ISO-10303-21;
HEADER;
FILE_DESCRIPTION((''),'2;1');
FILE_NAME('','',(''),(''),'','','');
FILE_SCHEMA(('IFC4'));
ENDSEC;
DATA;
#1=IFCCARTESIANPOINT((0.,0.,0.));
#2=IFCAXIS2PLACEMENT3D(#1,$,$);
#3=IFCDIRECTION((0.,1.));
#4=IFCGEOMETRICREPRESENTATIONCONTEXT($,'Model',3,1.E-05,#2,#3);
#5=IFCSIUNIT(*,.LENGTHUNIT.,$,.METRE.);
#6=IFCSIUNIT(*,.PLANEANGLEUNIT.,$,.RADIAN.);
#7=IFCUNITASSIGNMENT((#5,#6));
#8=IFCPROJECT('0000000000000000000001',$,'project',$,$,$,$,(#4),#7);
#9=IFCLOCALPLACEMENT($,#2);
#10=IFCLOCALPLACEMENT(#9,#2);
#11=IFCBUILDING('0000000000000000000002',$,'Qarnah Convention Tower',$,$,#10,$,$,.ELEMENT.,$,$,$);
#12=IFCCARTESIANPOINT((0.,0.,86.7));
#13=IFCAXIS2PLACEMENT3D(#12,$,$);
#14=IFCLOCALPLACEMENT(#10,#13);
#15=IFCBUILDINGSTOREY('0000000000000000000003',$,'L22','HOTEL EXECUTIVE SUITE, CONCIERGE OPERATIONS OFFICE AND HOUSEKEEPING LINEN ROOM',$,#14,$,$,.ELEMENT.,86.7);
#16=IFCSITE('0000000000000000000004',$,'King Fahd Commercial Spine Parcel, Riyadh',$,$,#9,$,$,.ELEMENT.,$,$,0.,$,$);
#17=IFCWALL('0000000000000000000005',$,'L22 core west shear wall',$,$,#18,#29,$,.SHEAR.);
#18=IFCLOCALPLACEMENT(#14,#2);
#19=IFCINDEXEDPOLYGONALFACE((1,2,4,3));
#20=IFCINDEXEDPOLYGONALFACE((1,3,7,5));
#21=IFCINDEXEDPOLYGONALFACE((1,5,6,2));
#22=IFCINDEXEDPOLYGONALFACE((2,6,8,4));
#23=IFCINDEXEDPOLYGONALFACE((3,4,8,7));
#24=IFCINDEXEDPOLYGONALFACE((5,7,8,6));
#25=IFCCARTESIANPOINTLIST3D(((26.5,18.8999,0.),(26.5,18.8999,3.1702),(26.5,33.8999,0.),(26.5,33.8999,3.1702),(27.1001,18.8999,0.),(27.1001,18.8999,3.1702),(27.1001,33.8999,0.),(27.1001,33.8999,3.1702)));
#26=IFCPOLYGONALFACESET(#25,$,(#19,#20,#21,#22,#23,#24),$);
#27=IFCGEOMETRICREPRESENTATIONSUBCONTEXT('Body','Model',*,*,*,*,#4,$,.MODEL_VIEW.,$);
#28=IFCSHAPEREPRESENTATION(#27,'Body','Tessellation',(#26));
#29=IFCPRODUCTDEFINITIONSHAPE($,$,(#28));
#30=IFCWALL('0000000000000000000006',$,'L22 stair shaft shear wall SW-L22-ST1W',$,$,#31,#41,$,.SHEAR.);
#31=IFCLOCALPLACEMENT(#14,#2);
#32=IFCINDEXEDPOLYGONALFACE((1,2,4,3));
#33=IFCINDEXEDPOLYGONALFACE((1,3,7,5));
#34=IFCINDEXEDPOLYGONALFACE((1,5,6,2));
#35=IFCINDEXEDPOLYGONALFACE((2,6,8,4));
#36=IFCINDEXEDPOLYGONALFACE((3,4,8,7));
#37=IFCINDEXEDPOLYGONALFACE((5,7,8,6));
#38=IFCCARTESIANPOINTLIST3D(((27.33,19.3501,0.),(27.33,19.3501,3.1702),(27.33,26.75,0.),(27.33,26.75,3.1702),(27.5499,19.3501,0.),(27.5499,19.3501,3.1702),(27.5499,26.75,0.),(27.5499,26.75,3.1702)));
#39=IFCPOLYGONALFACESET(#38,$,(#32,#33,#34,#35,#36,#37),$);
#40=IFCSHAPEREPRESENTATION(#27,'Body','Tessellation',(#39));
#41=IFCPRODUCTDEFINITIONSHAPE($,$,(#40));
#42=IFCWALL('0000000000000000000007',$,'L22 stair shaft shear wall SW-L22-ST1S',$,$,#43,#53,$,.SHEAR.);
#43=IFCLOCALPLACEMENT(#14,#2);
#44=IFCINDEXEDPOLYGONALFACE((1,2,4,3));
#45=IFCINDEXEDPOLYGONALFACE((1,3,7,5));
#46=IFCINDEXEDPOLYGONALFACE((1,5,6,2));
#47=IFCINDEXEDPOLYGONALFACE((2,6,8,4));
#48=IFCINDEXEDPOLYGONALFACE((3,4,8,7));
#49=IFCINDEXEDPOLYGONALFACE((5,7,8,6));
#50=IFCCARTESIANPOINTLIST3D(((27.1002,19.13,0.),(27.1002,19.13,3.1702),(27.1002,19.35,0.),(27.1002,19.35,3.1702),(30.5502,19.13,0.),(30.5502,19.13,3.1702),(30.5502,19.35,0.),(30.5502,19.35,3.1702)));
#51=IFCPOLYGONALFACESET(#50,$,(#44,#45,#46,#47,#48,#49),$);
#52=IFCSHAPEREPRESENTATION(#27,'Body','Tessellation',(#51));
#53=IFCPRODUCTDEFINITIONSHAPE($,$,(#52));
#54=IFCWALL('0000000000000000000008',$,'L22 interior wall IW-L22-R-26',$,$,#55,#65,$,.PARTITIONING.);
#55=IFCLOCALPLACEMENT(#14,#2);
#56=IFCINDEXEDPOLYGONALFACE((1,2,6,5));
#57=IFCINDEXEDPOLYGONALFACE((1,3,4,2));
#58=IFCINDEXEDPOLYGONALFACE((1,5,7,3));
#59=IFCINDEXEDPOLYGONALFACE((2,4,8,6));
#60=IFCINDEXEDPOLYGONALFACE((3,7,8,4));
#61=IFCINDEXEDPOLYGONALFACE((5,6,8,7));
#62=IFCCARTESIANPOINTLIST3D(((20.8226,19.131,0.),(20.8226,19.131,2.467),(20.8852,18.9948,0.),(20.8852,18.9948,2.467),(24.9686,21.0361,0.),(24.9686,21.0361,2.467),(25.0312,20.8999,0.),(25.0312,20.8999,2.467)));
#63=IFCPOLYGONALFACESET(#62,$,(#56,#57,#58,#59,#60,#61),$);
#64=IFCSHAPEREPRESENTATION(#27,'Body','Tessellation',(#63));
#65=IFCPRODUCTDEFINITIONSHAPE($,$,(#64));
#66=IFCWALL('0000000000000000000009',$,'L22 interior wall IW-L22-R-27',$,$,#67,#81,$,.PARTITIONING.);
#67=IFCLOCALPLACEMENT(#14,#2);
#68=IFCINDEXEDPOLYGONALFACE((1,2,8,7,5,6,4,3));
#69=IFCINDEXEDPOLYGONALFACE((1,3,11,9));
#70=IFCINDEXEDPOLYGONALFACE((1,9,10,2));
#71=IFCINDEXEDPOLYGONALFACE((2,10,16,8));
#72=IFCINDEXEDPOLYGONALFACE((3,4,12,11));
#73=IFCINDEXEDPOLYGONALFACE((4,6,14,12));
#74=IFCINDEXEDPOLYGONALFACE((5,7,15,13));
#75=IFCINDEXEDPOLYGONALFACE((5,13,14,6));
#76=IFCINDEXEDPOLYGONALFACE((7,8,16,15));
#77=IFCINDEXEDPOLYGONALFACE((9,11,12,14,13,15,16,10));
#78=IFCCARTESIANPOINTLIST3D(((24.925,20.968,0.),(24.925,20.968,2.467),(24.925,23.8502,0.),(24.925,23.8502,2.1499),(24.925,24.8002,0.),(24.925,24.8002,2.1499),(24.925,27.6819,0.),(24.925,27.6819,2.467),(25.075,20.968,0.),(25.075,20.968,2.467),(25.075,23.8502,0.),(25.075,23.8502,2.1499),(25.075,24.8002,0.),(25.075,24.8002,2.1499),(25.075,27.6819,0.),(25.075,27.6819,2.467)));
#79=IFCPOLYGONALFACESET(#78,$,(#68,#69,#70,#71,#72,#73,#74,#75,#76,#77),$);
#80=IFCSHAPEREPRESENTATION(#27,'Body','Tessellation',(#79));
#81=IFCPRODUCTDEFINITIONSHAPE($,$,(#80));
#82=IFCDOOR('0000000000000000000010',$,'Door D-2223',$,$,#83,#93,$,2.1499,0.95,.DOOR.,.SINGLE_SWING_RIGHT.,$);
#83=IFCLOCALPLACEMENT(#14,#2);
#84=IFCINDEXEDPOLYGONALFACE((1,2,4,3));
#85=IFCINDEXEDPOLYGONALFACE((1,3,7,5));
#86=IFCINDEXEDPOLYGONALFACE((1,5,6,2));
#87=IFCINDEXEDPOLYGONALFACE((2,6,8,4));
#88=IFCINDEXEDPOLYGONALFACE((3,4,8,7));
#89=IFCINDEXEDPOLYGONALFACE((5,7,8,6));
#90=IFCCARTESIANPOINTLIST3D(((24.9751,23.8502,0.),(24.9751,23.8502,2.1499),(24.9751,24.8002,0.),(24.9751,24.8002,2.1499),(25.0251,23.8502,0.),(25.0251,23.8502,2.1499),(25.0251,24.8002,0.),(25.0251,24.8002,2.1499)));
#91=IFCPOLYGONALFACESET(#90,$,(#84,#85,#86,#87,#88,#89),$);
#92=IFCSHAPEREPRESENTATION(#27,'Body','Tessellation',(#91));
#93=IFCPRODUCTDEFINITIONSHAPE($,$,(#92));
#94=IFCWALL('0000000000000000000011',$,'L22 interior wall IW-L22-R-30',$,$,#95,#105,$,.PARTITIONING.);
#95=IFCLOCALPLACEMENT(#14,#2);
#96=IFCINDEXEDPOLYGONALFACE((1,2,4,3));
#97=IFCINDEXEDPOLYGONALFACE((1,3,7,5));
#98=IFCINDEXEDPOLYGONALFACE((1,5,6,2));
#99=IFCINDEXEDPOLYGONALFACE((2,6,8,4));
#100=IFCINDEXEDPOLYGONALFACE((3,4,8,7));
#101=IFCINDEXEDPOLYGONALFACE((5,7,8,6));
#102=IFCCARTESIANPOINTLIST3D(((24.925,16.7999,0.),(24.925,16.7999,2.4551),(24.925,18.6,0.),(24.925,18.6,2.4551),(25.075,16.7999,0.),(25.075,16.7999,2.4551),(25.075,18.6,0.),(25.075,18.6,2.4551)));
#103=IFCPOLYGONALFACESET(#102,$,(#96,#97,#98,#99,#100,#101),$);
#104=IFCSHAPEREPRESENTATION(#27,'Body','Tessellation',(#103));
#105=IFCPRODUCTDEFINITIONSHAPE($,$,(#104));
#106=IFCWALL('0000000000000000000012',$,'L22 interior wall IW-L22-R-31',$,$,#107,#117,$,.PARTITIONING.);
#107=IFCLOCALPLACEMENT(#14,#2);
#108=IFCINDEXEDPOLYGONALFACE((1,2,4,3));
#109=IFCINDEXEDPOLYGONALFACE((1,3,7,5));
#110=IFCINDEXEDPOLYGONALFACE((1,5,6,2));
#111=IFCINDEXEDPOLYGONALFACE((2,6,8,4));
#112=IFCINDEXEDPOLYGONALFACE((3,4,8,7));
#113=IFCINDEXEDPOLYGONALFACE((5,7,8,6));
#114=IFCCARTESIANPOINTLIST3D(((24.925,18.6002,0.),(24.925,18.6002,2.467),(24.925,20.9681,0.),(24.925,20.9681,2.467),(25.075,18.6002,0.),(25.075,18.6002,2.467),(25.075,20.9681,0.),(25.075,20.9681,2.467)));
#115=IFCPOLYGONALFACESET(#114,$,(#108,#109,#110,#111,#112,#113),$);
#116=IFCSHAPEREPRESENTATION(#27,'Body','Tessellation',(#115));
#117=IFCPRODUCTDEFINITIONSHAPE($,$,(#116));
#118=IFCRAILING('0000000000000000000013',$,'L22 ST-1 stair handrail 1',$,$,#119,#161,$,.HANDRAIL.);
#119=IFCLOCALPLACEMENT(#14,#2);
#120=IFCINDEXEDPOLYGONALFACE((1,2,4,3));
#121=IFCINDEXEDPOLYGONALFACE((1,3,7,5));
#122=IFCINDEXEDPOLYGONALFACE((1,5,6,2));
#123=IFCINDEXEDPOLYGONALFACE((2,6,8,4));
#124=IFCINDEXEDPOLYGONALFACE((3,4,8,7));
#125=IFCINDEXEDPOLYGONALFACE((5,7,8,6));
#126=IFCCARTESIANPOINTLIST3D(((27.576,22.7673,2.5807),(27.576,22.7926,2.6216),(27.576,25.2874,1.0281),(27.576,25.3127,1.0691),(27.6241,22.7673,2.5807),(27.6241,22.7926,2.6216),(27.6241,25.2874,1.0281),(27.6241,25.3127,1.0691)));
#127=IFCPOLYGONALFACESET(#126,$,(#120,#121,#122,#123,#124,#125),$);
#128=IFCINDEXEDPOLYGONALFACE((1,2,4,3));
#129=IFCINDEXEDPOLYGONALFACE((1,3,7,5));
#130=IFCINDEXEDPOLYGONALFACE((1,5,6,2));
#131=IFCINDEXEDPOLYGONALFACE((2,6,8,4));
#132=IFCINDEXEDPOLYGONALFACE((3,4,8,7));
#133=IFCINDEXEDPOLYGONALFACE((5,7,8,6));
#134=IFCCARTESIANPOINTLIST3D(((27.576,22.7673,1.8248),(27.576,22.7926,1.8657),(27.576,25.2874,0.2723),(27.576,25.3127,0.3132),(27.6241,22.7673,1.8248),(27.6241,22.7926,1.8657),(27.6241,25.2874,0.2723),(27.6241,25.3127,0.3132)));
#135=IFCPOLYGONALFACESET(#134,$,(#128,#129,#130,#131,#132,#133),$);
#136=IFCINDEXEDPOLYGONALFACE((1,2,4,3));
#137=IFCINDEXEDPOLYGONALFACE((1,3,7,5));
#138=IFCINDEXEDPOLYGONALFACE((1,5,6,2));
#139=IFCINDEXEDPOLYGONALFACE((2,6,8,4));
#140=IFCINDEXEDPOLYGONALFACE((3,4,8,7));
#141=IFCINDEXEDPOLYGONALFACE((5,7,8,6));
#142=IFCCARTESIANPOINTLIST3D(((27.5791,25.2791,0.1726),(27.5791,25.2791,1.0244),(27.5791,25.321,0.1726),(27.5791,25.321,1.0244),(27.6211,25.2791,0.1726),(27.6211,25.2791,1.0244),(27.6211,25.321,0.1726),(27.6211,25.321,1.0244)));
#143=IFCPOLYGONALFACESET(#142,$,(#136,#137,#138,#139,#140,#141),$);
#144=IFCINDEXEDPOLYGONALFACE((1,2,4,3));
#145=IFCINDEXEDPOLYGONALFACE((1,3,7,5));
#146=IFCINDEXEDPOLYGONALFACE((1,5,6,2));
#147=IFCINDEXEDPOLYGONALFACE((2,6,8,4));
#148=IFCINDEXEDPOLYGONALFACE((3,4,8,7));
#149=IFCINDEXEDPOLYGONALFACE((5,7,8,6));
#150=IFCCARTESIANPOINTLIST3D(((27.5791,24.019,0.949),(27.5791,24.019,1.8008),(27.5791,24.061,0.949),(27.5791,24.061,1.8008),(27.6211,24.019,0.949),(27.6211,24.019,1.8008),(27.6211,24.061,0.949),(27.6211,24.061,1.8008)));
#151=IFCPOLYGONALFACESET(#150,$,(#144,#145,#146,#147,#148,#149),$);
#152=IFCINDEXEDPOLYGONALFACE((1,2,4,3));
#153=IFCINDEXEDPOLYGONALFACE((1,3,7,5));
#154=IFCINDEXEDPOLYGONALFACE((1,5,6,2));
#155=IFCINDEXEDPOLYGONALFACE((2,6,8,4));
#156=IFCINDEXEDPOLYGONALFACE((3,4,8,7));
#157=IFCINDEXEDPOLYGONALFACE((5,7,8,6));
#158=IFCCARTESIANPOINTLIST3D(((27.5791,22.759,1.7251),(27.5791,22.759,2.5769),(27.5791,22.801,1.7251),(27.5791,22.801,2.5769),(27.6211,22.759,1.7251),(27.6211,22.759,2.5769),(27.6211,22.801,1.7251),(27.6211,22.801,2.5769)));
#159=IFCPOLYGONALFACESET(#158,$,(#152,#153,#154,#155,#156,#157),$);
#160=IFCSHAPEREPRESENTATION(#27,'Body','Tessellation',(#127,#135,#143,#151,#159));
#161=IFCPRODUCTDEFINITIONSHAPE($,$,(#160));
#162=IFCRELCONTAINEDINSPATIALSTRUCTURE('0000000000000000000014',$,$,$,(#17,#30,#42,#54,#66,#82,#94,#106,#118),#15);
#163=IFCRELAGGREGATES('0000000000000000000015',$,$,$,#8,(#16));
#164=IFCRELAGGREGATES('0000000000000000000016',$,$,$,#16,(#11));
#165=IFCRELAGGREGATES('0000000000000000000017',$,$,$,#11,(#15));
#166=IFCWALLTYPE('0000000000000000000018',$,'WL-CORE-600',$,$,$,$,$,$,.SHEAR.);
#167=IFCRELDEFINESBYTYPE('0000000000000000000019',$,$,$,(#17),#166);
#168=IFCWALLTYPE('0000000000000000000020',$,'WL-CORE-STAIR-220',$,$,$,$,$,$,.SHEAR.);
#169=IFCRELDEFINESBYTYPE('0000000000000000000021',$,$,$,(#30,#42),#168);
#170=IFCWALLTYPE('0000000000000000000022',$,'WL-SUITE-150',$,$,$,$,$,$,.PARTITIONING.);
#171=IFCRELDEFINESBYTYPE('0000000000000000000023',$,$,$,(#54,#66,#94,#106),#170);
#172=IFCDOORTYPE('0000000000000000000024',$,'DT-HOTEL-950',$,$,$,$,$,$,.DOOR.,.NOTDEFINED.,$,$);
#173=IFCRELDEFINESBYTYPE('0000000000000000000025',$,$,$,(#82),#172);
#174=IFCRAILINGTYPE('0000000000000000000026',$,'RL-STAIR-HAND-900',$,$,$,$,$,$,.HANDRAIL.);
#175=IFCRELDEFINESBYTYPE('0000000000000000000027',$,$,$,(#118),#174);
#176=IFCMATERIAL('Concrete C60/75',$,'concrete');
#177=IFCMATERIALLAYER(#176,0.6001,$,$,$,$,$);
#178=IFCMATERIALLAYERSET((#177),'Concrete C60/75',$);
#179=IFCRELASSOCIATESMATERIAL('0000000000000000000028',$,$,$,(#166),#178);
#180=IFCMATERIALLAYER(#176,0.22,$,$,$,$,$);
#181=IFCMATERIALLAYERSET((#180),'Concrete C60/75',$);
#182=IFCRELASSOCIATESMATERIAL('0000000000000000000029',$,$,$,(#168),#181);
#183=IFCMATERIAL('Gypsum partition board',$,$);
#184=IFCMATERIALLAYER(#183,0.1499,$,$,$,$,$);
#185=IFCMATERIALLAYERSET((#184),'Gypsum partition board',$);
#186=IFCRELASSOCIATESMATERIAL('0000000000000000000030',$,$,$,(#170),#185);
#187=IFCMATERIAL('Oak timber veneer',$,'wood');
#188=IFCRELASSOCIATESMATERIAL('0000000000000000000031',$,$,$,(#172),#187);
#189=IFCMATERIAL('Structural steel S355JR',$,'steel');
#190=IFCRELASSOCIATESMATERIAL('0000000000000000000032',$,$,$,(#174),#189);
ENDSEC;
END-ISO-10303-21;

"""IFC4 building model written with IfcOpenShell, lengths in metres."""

from ifc_helpers import new_model, si_unit, direction, frame, frame_2d, origin, origin_2d, place, context, subcontext, project, spatial, rectangle, extrude, material, layer, layer_set, type_object, element, fill, save


model = new_model("IFC4")

# Units and contexts
model_context = context("Model", 3, precision=1e-05, world=origin(), true_north=direction((0.0, 1.0)))
body_context = subcontext(model_context, "Body", "Model", "MODEL_VIEW")
ifc_project = project(units=[si_unit("LENGTHUNIT", "METRE"), si_unit("PLANEANGLEUNIT", "RADIAN")], contexts=[model_context])

# Site, building, storey
site_placement = place(None, origin())
site = spatial("IfcSite", under=ifc_project, at=site_placement, Name="King Fahd Commercial Spine Parcel, Riyadh", CompositionType="ELEMENT", RefElevation=0.0)
building_placement = place(site_placement, origin())
building = spatial("IfcBuilding", under=site, at=building_placement, Name="Qarnah Convention Tower", CompositionType="ELEMENT")
storey_placement = place(building_placement, frame((0.0, 0.0, 86.7)))
storey = spatial("IfcBuildingStorey", under=building, at=storey_placement, Name="L22", Description="HOTEL EXECUTIVE SUITE, CONCIERGE OPERATIONS OFFICE AND HOUSEKEEPING LINEN ROOM", CompositionType="ELEMENT", Elevation=86.7)

# Shared definitions
ifc_material_1 = material(Name="Concrete C60/75", Category="concrete")

# Shared definitions
ifc_material_2 = material(Name="Structural steel S355JR", Category="steel")

# Shared definitions
ifc_layer_1 = layer(ifc_material_1, 0.6001)
ifc_layer_set_1 = layer_set([ifc_layer_1], Name="Concrete C60/75")
wall_type_1 = type_object("IfcWallType", Name="WL-CORE-600", PredefinedType="SHEAR", material=ifc_layer_set_1)

# Walls
wall_1_placement = place(storey_placement, frame((26.8, 18.8999, 0.0), z_axis=(0.0, 0.0, 1.0), x_axis=(0.0, 1.0, 0.0)))
element("IfcWall", 1, at=wall_1_placement, inside=storey, type_object=wall_type_1, Name="L22 core west shear wall", PredefinedType="SHEAR", context=body_context, shape_type="SweptSolid", body=[
    extrude(rectangle(XDim=15.0, YDim=0.6001, at=frame_2d((7.5, 0.0))), origin(), (0.0, 0.0, 1.0), 3.1702),
])
ifc_layer_2 = layer(ifc_material_1, 0.22)
ifc_layer_set_2 = layer_set([ifc_layer_2], Name="Concrete C60/75")
wall_type_2 = type_object("IfcWallType", Name="WL-CORE-STAIR-220", PredefinedType="SHEAR", material=ifc_layer_set_2)
wall_2_placement = place(storey_placement, frame((27.4399, 19.3501, 0.0), z_axis=(0.0, 0.0, 1.0), x_axis=(0.0, 1.0, 0.0)))
element("IfcWall", 2, at=wall_2_placement, inside=storey, type_object=wall_type_2, Name="L22 stair shaft shear wall SW-L22-ST1W", PredefinedType="SHEAR", context=body_context, shape_type="SweptSolid", body=[
    extrude(rectangle(XDim=7.3999, YDim=0.22, at=frame_2d((3.7, 0.0))), origin(), (0.0, 0.0, 1.0), 3.1702),
])
wall_3_placement = place(storey_placement, frame((27.1001, 19.24, 0.0), z_axis=(0.0, 0.0, 1.0), x_axis=(1.0, 0.0, 0.0)))
element("IfcWall", 3, at=wall_3_placement, inside=storey, type_object=wall_type_2, Name="L22 stair shaft shear wall SW-L22-ST1S", PredefinedType="SHEAR", context=body_context, shape_type="SweptSolid", body=[
    extrude(rectangle(XDim=3.45, YDim=0.22, at=frame_2d((1.7251, 0.0))), origin(), (0.0, 0.0, 1.0), 3.1702),
])
ifc_material_3 = material(Name="Gypsum partition board")
ifc_layer_3 = layer(ifc_material_3, 0.1499)
ifc_layer_set_3 = layer_set([ifc_layer_3], Name="Gypsum partition board")
wall_type_3 = type_object("IfcWallType", Name="WL-SUITE-150", PredefinedType="PARTITIONING", material=ifc_layer_set_3)
wall_4_placement = place(storey_placement, frame((20.854, 19.063, 0.0), z_axis=(0.0, 0.0, 1.0), x_axis=(0.908668, 0.41752, 0.0)))
element("IfcWall", 4, at=wall_4_placement, inside=storey, type_object=wall_type_3, Name="L22 interior wall IW-L22-R-26", PredefinedType="PARTITIONING", context=body_context, shape_type="SweptSolid", body=[
    extrude(rectangle(XDim=4.5627, YDim=0.1499, at=frame_2d((2.2812, 0.0))), origin(), (0.0, 0.0, 1.0), 2.467),
])

# Wall, opening, door
wall_5_placement = place(storey_placement, frame((25.0, 20.968, 0.0), z_axis=(0.0, 0.0, 1.0), x_axis=(0.0, 1.0, 0.0)))
wall_5 = element("IfcWall", 5, at=wall_5_placement, inside=storey, type_object=wall_type_3, Name="L22 interior wall IW-L22-R-27", PredefinedType="PARTITIONING", context=body_context, shape_type="SweptSolid", body=[
    extrude(rectangle(XDim=6.7139, YDim=0.1499, at=frame_2d((3.3569, 0.0))), origin(), (0.0, 0.0, 1.0), 2.467),
])
opening_1_placement = place(wall_5_placement, frame((2.8821, 0.0, 0.0)))
opening_1 = element("IfcOpeningElement", 6, at=opening_1_placement, cuts=wall_5, PredefinedType="OPENING", context=body_context, shape_type="SweptSolid", body=[
    extrude(rectangle(XDim=0.95, YDim=2.1499, at=frame_2d((0.4751, 1.075))), frame((0.0, 0.085, 0.0), z_axis=(0.0, -1.0, 0.0), x_axis=(1.0, 0.0, 0.0)), (0.0, 0.0, 1.0), 0.1699),
])
ifc_material_4 = material(Name="Oak timber veneer", Category="wood")
door_type_1 = type_object("IfcDoorType", Name="DT-HOTEL-950", OperationType="NOTDEFINED", PredefinedType="DOOR", material=ifc_material_4)
door_1_placement = place(opening_1_placement, origin())
door_1 = element("IfcDoor", 7, at=door_1_placement, inside=storey, type_object=door_type_1, Name="Door D-2223", OperationType="SINGLE_SWING_RIGHT", OverallHeight=2.1499, OverallWidth=0.95, PredefinedType="DOOR", context=body_context, shape_type="SweptSolid", body=[
    extrude(rectangle(XDim=0.95, YDim=2.1499, at=frame_2d((0.4751, 1.075))), frame((0.0, 0.0249, 0.0), z_axis=(0.0, -1.0, 0.0), x_axis=(1.0, 0.0, 0.0)), (0.0, 0.0, 1.0), 0.05),
])
fill(opening_1, door_1)

# Walls
wall_6_placement = place(storey_placement, frame((25.0, 16.8, 0.0), z_axis=(0.0, 0.0, 1.0), x_axis=(0.0, 1.0, 0.0)))
element("IfcWall", 8, at=wall_6_placement, inside=storey, type_object=wall_type_3, Name="L22 interior wall IW-L22-R-30", PredefinedType="PARTITIONING", context=body_context, shape_type="SweptSolid", body=[
    extrude(rectangle(XDim=1.8, YDim=0.1499, at=frame_2d((0.8999, 0.0))), origin(), (0.0, 0.0, 1.0), 2.4551),
])
wall_7_placement = place(storey_placement, frame((25.0, 18.6001, 0.0), z_axis=(0.0, 0.0, 1.0), x_axis=(0.0, 1.0, 0.0)))
element("IfcWall", 9, at=wall_7_placement, inside=storey, type_object=wall_type_3, Name="L22 interior wall IW-L22-R-31", PredefinedType="PARTITIONING", context=body_context, shape_type="SweptSolid", body=[
    extrude(rectangle(XDim=2.3679, YDim=0.1499, at=frame_2d((1.1841, 0.0))), origin(), (0.0, 0.0, 1.0), 2.467),
])

# Railing
railing_type = type_object("IfcRailingType", Name="RL-STAIR-HAND-900", PredefinedType="HANDRAIL", material=ifc_material_2)
railing_placement = place(storey_placement, frame((27.6001, 25.3, 0.1726)))
element("IfcRailing", 10, at=railing_placement, inside=storey, type_object=railing_type, Name="L22 ST-1 stair handrail 1", PredefinedType="HANDRAIL", context=body_context, shape_type="SweptSolid", body=[
    extrude(rectangle(XDim=0.0481, YDim=0.0481, at=origin_2d()), frame((0.0, 0.0, 0.876), z_axis=(0.0, -0.8514, 0.524516), x_axis=(1.0, 0.0, 0.0)), (0.0, 0.0, 1.0), 2.96),
    extrude(rectangle(XDim=0.0481, YDim=0.0481, at=origin_2d()), frame((0.0, 0.0, 0.1201), z_axis=(0.0, -0.8514, 0.524516), x_axis=(1.0, 0.0, 0.0)), (0.0, 0.0, 1.0), 2.96),
    extrude(rectangle(XDim=0.042, YDim=0.042, at=origin_2d()), origin(), (0.0, 0.0, 1.0), 0.8518),
    extrude(rectangle(XDim=0.042, YDim=0.042, at=origin_2d()), frame((0.0, -1.26, 0.7764)), (0.0, 0.0, 1.0), 0.8518),
    extrude(rectangle(XDim=0.042, YDim=0.042, at=origin_2d()), frame((0.0, -2.52, 1.5525)), (0.0, 0.0, 1.0), 0.8518),
])

save(model, "model.ifc")
